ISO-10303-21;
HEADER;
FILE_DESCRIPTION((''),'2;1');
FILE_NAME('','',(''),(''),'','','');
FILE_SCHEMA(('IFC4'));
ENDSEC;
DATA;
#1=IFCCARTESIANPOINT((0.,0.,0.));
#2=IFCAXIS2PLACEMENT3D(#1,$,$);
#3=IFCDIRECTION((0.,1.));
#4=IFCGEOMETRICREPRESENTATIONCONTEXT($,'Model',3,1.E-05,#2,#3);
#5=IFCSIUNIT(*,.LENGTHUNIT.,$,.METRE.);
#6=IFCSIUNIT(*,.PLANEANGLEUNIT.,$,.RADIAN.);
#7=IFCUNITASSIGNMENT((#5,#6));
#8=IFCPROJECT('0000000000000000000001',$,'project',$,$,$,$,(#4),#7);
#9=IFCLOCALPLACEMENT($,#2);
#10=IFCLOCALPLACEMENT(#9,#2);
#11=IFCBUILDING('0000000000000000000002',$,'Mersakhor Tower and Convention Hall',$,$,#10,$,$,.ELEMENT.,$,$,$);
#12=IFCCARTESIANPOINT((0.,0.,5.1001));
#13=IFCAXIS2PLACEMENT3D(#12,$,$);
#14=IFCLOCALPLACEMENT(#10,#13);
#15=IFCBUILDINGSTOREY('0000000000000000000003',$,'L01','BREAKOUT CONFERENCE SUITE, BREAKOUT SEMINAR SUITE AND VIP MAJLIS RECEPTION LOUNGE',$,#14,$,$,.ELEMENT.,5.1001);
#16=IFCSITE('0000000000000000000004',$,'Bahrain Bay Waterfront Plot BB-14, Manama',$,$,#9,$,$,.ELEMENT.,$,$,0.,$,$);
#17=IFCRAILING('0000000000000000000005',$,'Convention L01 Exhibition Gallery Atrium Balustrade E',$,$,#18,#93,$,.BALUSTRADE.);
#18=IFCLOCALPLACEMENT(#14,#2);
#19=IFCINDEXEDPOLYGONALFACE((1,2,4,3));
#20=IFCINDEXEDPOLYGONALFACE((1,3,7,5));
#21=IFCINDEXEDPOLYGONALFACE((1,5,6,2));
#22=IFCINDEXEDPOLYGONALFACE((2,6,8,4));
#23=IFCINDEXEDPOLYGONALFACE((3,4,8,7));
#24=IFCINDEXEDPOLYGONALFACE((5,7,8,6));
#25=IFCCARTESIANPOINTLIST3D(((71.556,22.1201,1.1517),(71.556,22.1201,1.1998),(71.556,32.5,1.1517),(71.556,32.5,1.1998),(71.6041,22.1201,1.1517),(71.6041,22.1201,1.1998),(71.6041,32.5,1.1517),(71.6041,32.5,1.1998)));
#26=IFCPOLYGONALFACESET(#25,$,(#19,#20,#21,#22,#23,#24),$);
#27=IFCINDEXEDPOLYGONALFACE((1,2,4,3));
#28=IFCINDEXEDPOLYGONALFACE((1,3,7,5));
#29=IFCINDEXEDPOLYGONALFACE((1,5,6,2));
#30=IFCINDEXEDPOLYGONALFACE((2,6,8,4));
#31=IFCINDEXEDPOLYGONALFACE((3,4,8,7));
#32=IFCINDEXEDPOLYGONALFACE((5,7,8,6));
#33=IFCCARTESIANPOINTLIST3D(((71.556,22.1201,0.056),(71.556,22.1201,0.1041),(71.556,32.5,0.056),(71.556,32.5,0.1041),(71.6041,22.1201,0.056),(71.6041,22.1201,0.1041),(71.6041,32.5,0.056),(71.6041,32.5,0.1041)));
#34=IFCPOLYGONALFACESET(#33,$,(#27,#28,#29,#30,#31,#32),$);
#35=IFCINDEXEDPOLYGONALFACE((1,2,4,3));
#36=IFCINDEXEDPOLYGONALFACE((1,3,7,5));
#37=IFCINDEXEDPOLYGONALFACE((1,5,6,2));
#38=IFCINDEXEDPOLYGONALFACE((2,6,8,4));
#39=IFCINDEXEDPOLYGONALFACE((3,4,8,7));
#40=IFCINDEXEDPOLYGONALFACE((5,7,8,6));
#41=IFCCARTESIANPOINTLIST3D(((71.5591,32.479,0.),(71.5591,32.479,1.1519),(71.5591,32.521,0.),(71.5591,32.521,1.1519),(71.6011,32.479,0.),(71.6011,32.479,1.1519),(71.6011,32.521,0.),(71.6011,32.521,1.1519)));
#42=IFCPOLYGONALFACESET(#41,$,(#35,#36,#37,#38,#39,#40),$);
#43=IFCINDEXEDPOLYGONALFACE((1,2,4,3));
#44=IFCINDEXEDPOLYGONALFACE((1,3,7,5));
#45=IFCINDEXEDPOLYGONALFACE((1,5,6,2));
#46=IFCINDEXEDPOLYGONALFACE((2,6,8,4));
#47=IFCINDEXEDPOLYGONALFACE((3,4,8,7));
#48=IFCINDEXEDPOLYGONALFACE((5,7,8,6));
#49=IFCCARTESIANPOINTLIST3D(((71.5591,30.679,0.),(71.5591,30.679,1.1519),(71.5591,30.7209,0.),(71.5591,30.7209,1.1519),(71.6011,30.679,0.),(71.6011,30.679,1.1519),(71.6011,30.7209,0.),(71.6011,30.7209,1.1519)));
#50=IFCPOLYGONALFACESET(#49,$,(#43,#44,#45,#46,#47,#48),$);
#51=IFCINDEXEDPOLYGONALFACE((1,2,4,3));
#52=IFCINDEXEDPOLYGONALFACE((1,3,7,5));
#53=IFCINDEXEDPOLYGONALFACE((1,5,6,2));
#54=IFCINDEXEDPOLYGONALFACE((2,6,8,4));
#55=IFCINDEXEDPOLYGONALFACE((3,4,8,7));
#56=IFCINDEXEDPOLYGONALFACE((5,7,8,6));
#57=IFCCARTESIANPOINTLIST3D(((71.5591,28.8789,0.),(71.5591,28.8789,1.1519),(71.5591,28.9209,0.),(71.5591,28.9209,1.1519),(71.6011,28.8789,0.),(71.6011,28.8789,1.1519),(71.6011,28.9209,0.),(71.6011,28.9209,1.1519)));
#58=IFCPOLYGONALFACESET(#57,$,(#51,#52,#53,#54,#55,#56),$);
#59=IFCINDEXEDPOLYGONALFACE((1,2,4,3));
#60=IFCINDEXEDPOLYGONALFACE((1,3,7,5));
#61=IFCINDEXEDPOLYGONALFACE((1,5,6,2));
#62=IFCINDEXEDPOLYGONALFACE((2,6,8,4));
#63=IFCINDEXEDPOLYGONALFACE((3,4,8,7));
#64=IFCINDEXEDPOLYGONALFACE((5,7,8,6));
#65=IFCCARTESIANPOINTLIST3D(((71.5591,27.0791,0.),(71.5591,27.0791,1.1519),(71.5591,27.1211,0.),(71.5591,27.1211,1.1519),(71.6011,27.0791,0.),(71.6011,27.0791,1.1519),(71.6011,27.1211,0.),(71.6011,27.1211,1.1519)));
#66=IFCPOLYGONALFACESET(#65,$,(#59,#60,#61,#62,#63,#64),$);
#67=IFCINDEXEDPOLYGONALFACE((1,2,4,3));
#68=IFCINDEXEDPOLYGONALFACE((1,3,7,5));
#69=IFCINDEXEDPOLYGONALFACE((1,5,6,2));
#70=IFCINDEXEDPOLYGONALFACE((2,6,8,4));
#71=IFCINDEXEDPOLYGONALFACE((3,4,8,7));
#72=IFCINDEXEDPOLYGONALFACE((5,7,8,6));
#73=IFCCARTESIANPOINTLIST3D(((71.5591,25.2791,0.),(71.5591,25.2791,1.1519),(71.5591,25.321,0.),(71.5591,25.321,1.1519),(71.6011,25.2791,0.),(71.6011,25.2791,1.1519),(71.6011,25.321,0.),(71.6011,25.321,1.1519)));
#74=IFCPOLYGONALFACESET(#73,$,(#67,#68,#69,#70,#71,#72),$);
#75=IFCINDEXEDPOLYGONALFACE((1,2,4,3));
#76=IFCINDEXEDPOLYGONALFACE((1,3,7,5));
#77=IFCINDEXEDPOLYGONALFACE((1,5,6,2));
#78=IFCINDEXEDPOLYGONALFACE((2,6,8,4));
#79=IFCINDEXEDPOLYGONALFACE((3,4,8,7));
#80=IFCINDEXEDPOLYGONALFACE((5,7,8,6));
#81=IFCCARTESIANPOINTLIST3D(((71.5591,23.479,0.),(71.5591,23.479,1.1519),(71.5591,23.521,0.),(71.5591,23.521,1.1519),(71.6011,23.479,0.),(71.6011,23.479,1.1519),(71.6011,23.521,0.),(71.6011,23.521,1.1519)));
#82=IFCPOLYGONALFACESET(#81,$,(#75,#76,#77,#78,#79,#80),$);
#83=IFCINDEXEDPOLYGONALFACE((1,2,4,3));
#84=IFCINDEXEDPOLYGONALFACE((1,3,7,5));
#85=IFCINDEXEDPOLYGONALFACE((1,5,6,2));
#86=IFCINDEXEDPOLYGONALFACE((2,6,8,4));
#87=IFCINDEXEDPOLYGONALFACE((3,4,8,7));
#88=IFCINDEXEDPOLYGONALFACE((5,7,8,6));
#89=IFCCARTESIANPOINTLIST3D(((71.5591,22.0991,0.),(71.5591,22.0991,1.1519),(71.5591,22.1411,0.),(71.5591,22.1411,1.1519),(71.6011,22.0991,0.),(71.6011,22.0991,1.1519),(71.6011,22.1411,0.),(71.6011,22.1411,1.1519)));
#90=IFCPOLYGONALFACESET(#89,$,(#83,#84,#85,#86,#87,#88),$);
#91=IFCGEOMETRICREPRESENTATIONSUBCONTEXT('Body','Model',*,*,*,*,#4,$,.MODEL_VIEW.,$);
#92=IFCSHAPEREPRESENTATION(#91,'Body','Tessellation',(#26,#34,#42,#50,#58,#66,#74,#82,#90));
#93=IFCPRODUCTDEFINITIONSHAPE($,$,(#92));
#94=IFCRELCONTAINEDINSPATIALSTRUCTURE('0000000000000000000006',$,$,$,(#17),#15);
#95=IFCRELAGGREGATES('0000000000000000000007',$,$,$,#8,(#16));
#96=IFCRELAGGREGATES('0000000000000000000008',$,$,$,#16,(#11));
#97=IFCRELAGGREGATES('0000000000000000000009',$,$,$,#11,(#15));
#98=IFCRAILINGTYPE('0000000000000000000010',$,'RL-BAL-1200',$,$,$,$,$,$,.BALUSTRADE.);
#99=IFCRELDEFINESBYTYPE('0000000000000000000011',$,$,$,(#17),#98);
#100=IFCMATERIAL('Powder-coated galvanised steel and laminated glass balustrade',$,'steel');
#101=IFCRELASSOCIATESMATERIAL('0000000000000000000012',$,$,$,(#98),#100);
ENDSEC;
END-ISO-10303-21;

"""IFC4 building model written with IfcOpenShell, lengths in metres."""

from ifc_helpers import new_model, si_unit, direction, frame, origin, origin_2d, place, context, subcontext, project, spatial, rectangle, extrude, material, type_object, element, save


model = new_model("IFC4")

# Units and contexts
model_context = context("Model", 3, precision=1e-05, world=origin(), true_north=direction((0.0, 1.0)))
body_context = subcontext(model_context, "Body", "Model", "MODEL_VIEW")
ifc_project = project(units=[si_unit("LENGTHUNIT", "METRE"), si_unit("PLANEANGLEUNIT", "RADIAN")], contexts=[model_context])

# Site, building, storey
site_placement = place(None, origin())
site = spatial("IfcSite", under=ifc_project, at=site_placement, Name="Bahrain Bay Waterfront Plot BB-14, Manama", CompositionType="ELEMENT", RefElevation=0.0)
building_placement = place(site_placement, origin())
building = spatial("IfcBuilding", under=site, at=building_placement, Name="Mersakhor Tower and Convention Hall", CompositionType="ELEMENT")
storey_placement = place(building_placement, frame((0.0, 0.0, 5.1001)))
storey = spatial("IfcBuildingStorey", under=building, at=storey_placement, Name="L01", Description="BREAKOUT CONFERENCE SUITE, BREAKOUT SEMINAR SUITE AND VIP MAJLIS RECEPTION LOUNGE", CompositionType="ELEMENT", Elevation=5.1001)

# Railing
ifc_material_1 = material(Name="Powder-coated galvanised steel and laminated glass balustrade", Category="steel")
railing_type = type_object("IfcRailingType", Name="RL-BAL-1200", PredefinedType="BALUSTRADE", material=ifc_material_1)
railing_placement = place(storey_placement, frame((71.5801, 32.5, 0.0)))
element("IfcRailing", 1, at=railing_placement, inside=storey, type_object=railing_type, Name="Convention L01 Exhibition Gallery Atrium Balustrade E", PredefinedType="BALUSTRADE", context=body_context, shape_type="SweptSolid", body=[
    extrude(rectangle(XDim=0.0481, YDim=0.0481, at=origin_2d()), frame((0.0, 0.0, 1.1758), z_axis=(0.0, -1.0, 0.0), x_axis=(1.0, 0.0, 0.0)), (0.0, 0.0, 1.0), 10.3799),
    extrude(rectangle(XDim=0.0481, YDim=0.0481, at=origin_2d()), frame((0.0, 0.0, 0.0801), z_axis=(0.0, -1.0, 0.0), x_axis=(1.0, 0.0, 0.0)), (0.0, 0.0, 1.0), 10.3799),
    extrude(rectangle(XDim=0.042, YDim=0.042, at=origin_2d()), origin(), (0.0, 0.0, 1.0), 1.1519),
    extrude(rectangle(XDim=0.042, YDim=0.042, at=origin_2d()), frame((0.0, -1.8, 0.0)), (0.0, 0.0, 1.0), 1.1519),
    extrude(rectangle(XDim=0.042, YDim=0.042, at=origin_2d()), frame((0.0, -3.6001, 0.0)), (0.0, 0.0, 1.0), 1.1519),
    extrude(rectangle(XDim=0.042, YDim=0.042, at=origin_2d()), frame((0.0, -5.3999, 0.0)), (0.0, 0.0, 1.0), 1.1519),
    extrude(rectangle(XDim=0.042, YDim=0.042, at=origin_2d()), frame((0.0, -7.2, 0.0)), (0.0, 0.0, 1.0), 1.1519),
    extrude(rectangle(XDim=0.042, YDim=0.042, at=origin_2d()), frame((0.0, -9.0, 0.0)), (0.0, 0.0, 1.0), 1.1519),
    extrude(rectangle(XDim=0.042, YDim=0.042, at=origin_2d()), frame((0.0, -10.3799, 0.0)), (0.0, 0.0, 1.0), 1.1519),
])

save(model, "model.ifc")
